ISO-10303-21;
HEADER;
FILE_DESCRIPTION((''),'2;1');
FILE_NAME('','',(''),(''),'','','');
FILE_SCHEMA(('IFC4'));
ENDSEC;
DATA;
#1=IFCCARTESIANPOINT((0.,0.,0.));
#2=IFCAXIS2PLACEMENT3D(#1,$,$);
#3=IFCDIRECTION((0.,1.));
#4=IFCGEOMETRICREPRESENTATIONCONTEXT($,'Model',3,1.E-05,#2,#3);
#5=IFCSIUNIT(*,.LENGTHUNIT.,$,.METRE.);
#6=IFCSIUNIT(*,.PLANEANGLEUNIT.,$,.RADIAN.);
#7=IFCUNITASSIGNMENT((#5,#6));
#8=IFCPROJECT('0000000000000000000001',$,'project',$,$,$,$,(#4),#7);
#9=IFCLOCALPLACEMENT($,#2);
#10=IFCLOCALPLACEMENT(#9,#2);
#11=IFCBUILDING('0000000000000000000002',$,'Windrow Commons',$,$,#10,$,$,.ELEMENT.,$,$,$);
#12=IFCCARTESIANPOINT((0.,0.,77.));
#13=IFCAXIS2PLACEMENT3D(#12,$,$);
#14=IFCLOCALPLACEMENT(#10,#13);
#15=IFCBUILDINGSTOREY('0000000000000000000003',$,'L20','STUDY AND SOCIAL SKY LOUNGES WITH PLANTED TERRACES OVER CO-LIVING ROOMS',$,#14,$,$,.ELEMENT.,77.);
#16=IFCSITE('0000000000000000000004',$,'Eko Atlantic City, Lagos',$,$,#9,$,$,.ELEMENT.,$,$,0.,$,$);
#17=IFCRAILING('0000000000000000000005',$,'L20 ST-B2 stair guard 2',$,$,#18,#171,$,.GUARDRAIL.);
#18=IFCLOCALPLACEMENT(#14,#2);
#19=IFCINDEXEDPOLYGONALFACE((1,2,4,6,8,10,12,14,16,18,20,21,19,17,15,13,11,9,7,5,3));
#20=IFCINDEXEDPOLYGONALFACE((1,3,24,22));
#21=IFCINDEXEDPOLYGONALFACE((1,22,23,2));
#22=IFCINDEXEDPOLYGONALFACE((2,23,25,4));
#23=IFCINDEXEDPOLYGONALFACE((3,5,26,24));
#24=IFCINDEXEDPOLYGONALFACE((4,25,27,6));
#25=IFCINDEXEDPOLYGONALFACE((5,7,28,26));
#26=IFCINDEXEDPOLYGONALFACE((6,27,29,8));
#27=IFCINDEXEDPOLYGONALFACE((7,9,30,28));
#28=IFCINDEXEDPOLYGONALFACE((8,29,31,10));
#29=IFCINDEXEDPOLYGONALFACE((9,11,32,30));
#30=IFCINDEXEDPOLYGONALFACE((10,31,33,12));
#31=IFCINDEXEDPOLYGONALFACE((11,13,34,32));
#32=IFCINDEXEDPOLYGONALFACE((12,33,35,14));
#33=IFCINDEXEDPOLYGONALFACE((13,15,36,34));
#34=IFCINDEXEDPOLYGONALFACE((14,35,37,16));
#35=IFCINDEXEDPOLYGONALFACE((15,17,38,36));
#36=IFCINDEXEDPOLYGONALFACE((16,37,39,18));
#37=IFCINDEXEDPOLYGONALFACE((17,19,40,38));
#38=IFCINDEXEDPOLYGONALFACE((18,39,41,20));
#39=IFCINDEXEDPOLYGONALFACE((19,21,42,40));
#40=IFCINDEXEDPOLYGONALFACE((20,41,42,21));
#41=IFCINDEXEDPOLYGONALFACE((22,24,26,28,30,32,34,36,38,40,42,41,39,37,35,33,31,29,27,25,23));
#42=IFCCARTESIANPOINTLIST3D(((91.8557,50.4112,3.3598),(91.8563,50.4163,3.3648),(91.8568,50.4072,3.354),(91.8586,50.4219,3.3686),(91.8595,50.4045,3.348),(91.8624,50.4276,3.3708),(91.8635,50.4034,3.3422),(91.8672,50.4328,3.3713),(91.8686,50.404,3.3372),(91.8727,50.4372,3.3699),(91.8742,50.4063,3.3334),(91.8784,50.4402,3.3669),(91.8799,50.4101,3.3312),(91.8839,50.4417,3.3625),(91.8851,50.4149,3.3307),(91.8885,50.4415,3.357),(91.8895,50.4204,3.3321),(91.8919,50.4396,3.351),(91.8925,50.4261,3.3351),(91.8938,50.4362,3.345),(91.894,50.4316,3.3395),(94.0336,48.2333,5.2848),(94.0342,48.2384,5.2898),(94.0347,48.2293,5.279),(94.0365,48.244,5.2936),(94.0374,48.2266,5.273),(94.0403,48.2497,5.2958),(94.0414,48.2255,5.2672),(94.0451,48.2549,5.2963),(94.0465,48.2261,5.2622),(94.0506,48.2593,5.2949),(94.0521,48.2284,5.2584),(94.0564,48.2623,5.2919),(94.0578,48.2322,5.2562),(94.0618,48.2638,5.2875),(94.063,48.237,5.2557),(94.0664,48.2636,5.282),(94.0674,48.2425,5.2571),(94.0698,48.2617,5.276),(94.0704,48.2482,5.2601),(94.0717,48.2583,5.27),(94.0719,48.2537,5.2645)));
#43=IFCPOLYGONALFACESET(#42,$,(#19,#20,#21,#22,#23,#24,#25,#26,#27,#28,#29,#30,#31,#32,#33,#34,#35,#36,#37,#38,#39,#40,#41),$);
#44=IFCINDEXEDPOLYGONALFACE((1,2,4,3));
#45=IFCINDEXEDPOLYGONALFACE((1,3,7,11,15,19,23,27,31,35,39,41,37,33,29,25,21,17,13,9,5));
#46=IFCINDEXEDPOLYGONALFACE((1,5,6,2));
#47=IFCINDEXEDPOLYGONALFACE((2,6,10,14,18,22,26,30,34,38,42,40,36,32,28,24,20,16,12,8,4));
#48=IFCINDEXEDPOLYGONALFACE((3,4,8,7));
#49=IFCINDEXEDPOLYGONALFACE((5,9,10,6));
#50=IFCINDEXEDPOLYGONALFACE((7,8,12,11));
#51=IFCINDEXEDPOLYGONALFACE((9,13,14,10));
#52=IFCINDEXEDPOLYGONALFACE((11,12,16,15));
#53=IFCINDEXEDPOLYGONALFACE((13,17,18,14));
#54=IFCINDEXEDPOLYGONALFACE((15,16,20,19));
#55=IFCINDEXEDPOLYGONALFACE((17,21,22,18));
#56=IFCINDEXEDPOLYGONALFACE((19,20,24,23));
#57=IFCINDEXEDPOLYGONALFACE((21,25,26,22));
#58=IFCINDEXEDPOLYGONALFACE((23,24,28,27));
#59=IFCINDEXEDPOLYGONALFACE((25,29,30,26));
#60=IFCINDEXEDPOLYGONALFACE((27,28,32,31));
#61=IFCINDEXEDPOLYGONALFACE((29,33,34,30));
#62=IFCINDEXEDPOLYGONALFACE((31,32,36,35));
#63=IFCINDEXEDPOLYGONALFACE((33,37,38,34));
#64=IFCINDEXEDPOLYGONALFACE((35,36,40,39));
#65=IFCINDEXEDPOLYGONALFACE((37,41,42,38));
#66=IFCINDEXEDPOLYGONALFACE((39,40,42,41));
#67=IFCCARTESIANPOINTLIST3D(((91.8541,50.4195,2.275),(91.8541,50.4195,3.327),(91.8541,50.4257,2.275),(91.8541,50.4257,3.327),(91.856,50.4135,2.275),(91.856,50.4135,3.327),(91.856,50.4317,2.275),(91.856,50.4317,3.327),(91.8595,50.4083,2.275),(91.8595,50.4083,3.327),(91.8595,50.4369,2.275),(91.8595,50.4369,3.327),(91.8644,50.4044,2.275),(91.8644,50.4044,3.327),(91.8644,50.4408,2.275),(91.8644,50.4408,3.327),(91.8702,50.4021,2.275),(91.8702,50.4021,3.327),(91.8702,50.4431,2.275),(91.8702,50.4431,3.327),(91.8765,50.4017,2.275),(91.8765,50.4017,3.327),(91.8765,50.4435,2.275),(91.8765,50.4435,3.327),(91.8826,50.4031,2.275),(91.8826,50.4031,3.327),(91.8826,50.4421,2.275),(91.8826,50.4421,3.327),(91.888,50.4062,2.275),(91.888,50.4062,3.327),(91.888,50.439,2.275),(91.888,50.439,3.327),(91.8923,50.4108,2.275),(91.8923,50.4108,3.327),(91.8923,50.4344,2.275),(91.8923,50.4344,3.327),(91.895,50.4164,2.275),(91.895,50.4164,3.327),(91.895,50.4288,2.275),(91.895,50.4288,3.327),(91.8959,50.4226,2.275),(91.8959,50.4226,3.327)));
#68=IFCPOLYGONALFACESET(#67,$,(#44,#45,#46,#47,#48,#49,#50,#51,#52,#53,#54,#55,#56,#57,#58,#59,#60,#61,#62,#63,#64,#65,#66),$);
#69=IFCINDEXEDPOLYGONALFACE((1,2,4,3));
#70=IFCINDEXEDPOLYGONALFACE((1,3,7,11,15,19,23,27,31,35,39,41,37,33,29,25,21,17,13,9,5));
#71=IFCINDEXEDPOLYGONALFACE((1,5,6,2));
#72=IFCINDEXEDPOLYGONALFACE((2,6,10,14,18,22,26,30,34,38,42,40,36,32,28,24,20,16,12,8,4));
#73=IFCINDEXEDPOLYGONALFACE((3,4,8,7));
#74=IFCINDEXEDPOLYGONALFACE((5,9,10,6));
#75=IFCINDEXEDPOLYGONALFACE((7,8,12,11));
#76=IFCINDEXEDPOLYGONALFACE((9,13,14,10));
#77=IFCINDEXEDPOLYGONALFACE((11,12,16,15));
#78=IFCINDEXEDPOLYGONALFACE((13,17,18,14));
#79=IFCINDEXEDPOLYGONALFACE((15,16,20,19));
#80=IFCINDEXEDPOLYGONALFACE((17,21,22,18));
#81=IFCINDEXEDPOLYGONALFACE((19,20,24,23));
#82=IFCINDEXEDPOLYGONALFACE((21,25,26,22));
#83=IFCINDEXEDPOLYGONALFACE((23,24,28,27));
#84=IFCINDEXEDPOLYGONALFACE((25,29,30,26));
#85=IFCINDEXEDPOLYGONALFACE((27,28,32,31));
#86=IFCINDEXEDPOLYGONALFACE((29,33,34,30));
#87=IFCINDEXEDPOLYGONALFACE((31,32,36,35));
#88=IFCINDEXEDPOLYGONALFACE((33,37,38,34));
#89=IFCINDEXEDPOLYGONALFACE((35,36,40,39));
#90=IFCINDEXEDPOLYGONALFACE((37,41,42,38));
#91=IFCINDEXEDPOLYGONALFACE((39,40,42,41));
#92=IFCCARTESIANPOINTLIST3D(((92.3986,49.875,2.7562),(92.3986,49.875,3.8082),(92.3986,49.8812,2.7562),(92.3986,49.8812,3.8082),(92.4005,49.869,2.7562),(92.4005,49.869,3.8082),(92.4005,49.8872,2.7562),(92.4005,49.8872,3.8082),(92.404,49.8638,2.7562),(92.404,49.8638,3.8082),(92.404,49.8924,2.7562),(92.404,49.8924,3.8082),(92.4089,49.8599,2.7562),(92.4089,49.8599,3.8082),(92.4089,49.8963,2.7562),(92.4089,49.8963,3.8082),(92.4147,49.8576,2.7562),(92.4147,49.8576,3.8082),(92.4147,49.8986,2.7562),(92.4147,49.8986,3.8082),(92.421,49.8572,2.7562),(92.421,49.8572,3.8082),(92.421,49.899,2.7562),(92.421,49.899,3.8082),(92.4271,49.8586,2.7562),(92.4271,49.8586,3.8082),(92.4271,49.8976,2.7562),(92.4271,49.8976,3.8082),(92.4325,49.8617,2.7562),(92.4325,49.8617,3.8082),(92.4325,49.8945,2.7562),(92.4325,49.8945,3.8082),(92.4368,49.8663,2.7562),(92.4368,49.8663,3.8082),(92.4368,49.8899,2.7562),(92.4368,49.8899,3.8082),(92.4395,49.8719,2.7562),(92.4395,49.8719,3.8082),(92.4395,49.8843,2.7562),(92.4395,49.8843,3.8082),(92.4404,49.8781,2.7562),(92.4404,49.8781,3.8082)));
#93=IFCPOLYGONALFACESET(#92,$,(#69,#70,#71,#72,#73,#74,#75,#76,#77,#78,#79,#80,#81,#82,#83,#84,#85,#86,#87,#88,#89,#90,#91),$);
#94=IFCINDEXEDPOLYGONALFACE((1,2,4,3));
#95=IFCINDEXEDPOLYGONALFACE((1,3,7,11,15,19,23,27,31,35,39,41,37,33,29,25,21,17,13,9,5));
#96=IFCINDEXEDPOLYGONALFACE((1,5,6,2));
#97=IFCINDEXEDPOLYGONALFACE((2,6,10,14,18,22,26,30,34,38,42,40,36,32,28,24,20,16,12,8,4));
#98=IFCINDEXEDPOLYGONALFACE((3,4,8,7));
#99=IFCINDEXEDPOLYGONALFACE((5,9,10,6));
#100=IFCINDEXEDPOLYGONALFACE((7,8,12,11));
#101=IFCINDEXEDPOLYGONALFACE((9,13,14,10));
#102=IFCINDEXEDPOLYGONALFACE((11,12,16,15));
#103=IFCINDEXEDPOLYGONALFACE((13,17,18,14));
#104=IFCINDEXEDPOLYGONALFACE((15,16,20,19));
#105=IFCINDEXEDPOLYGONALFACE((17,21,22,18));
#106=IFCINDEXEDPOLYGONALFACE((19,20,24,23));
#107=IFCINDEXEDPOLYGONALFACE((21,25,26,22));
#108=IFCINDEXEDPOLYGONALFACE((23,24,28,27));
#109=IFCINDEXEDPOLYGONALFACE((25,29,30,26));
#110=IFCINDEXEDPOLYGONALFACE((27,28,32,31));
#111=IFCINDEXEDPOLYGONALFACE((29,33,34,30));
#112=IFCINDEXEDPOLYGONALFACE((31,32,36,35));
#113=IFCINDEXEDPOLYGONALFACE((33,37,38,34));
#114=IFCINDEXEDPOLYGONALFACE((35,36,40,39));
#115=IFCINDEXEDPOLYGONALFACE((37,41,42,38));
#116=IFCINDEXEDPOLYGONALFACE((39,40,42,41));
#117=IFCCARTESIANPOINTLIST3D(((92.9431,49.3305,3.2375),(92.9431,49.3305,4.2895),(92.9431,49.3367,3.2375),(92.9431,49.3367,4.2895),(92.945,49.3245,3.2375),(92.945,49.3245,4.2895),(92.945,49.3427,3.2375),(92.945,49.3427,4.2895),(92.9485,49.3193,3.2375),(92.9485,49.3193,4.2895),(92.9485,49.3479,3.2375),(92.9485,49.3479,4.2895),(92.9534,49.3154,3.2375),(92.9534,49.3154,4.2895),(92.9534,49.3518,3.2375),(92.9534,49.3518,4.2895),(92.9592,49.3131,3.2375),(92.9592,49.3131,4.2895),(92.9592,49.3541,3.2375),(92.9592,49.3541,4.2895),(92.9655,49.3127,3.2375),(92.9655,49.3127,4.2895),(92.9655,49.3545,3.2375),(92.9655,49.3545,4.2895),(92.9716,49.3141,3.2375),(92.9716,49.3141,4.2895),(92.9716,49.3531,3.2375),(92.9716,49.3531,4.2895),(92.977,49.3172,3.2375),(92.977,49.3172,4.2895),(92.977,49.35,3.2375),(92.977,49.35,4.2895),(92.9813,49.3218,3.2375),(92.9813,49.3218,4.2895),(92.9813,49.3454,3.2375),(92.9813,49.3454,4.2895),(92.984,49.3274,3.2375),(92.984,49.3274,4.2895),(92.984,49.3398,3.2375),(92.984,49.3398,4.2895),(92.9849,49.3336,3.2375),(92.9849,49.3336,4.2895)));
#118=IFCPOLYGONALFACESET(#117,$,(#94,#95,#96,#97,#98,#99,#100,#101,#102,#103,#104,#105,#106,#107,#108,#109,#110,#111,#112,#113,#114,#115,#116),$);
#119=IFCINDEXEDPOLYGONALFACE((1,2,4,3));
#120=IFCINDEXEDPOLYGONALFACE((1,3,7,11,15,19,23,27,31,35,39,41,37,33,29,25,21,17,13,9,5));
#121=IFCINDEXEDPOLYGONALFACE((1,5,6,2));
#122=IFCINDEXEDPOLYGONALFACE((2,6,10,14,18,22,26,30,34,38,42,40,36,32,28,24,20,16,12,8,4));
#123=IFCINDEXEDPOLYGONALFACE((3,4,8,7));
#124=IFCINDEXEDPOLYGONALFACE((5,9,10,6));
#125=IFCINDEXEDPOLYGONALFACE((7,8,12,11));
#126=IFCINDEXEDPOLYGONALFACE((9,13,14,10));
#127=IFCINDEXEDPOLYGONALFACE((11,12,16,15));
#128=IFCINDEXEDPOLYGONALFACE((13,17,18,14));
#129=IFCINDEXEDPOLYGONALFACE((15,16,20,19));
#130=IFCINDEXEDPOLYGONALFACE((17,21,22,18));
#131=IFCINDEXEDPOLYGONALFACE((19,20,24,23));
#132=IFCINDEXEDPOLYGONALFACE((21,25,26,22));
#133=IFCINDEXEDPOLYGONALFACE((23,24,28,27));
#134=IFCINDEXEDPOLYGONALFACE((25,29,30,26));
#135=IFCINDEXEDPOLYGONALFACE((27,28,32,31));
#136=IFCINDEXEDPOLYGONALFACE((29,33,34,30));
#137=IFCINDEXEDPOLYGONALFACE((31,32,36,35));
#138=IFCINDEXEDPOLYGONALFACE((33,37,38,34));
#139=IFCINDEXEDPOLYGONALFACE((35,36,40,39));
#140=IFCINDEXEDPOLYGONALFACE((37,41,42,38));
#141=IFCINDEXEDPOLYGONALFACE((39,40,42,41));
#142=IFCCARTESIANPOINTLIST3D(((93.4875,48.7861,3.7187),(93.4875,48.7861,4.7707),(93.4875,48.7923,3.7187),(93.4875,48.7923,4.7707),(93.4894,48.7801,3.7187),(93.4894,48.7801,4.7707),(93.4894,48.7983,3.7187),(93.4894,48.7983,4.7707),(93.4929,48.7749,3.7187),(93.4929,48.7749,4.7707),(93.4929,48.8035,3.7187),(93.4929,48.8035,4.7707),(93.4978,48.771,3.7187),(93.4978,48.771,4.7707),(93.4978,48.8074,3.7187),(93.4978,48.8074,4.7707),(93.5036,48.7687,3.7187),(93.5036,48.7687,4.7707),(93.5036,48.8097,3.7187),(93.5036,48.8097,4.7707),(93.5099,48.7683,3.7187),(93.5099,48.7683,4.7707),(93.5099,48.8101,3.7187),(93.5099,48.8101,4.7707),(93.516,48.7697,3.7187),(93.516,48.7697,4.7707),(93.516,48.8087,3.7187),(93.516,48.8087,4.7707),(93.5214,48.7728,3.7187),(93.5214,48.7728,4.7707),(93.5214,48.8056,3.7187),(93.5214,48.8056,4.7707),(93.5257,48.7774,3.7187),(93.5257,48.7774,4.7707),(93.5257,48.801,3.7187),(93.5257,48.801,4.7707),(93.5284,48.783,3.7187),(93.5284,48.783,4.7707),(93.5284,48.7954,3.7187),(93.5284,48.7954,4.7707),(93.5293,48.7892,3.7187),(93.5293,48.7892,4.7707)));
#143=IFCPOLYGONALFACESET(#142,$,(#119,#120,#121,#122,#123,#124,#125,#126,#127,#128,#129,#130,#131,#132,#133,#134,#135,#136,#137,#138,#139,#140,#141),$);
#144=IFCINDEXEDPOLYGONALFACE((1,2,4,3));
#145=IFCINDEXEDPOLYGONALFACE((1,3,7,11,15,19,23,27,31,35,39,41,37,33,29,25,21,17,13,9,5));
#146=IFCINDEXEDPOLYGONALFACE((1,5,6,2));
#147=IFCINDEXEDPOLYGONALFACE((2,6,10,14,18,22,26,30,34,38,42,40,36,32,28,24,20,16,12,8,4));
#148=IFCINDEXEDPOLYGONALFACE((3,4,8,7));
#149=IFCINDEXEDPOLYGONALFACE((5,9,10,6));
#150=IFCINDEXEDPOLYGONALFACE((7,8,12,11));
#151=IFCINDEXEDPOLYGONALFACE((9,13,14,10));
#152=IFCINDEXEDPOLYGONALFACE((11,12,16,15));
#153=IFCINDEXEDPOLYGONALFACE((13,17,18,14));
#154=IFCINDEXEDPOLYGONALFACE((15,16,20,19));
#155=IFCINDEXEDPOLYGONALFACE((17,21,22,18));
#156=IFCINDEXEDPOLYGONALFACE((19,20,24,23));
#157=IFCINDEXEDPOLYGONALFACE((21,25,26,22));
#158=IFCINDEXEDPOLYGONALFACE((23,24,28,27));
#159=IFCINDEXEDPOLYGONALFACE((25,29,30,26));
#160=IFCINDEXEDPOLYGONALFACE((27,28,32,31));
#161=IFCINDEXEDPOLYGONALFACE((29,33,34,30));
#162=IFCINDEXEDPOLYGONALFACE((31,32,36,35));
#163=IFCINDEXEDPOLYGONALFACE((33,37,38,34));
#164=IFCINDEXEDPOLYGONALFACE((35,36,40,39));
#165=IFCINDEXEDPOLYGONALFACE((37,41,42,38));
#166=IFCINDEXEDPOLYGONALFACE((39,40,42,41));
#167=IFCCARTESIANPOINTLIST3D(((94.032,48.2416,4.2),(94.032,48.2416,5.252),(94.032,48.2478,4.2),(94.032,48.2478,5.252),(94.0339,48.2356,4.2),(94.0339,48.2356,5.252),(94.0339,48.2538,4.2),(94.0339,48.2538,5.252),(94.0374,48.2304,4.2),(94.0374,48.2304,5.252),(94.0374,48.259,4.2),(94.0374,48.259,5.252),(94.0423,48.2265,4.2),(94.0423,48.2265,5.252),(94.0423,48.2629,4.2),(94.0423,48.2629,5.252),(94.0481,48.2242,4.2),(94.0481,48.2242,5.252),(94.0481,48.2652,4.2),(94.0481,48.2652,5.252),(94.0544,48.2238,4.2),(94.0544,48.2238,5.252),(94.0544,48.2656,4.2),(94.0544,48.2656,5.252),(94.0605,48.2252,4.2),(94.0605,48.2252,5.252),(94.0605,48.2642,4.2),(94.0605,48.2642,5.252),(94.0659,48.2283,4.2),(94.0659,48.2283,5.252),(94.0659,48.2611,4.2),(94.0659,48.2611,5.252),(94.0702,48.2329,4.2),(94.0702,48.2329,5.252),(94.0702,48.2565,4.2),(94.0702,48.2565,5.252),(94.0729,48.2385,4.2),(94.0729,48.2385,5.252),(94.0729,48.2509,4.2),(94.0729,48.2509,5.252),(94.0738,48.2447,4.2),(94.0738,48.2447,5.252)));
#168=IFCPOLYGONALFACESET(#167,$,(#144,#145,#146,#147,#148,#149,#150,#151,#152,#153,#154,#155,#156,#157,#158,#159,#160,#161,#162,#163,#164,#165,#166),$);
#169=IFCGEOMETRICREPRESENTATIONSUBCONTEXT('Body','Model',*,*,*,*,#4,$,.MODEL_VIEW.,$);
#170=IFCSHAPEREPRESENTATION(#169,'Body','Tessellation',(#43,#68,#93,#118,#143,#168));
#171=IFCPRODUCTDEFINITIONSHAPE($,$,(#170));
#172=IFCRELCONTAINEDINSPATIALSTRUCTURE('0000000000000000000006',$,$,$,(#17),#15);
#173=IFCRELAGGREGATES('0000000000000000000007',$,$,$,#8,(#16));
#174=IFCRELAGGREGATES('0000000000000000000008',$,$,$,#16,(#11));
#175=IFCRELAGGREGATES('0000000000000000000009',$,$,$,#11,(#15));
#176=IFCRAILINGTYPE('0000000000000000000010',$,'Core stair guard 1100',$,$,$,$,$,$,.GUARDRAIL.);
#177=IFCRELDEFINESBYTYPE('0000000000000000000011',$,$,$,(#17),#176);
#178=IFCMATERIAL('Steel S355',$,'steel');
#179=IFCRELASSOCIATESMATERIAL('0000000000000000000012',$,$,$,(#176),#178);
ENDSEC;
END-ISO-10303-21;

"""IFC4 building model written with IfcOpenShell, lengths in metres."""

from ifc_helpers import new_model, si_unit, direction, frame, origin, origin_2d, place, context, subcontext, project, spatial, circle, extrude, material, type_object, element, save


model = new_model("IFC4")

# Units and contexts
model_context = context("Model", 3, precision=1e-05, world=origin(), true_north=direction((0.0, 1.0)))
body_context = subcontext(model_context, "Body", "Model", "MODEL_VIEW")
ifc_project = project(units=[si_unit("LENGTHUNIT", "METRE"), si_unit("PLANEANGLEUNIT", "RADIAN")], contexts=[model_context])

# Site, building, storey
site_placement = place(None, origin())
site = spatial("IfcSite", under=ifc_project, at=site_placement, Name="Eko Atlantic City, Lagos", CompositionType="ELEMENT", RefElevation=0.0)
building_placement = place(site_placement, origin())
building = spatial("IfcBuilding", under=site, at=building_placement, Name="Windrow Commons", CompositionType="ELEMENT")
storey_placement = place(building_placement, frame((0.0, 0.0, 77.0)))
storey = spatial("IfcBuildingStorey", under=building, at=storey_placement, Name="L20", Description="STUDY AND SOCIAL SKY LOUNGES WITH PLANTED TERRACES OVER CO-LIVING ROOMS", CompositionType="ELEMENT", Elevation=77.0)

# Railing
ifc_material_1 = material(Name="Steel S355", Category="steel")
railing_type_1 = type_object("IfcRailingType", Name="Core stair guard 1100", PredefinedType="GUARDRAIL", material=ifc_material_1)
railing_1_placement = place(storey_placement, frame((91.8749, 50.4226, 2.275)))
element("IfcRailing", 1, at=railing_1_placement, inside=storey, type_object=railing_type_1, Name="L20 ST-B2 stair guard 2", PredefinedType="GUARDRAIL", context=body_context, shape_type="SweptSolid", body=[
    extrude(circle(Radius=0.024, at=origin_2d()), frame((0.0, 0.0, 1.076), z_axis=(0.599626, -0.599626, 0.529997), x_axis=(0.707107, 0.707107, 0.0)), (0.0, 0.0, 1.0), 3.6321),
    extrude(circle(Radius=0.021, at=origin_2d()), origin(), (0.0, 0.0, 1.0), 1.052),
    extrude(circle(Radius=0.021, at=origin_2d()), frame((0.5445, -0.5445, 0.4812)), (0.0, 0.0, 1.0), 1.052),
    extrude(circle(Radius=0.021, at=origin_2d()), frame((1.089, -1.089, 0.9625)), (0.0, 0.0, 1.0), 1.052),
    extrude(circle(Radius=0.021, at=origin_2d()), frame((1.6334, -1.6334, 1.4437)), (0.0, 0.0, 1.0), 1.052),
    extrude(circle(Radius=0.021, at=origin_2d()), frame((2.1779, -2.1779, 1.925)), (0.0, 0.0, 1.0), 1.052),
])

save(model, "model.ifc")
